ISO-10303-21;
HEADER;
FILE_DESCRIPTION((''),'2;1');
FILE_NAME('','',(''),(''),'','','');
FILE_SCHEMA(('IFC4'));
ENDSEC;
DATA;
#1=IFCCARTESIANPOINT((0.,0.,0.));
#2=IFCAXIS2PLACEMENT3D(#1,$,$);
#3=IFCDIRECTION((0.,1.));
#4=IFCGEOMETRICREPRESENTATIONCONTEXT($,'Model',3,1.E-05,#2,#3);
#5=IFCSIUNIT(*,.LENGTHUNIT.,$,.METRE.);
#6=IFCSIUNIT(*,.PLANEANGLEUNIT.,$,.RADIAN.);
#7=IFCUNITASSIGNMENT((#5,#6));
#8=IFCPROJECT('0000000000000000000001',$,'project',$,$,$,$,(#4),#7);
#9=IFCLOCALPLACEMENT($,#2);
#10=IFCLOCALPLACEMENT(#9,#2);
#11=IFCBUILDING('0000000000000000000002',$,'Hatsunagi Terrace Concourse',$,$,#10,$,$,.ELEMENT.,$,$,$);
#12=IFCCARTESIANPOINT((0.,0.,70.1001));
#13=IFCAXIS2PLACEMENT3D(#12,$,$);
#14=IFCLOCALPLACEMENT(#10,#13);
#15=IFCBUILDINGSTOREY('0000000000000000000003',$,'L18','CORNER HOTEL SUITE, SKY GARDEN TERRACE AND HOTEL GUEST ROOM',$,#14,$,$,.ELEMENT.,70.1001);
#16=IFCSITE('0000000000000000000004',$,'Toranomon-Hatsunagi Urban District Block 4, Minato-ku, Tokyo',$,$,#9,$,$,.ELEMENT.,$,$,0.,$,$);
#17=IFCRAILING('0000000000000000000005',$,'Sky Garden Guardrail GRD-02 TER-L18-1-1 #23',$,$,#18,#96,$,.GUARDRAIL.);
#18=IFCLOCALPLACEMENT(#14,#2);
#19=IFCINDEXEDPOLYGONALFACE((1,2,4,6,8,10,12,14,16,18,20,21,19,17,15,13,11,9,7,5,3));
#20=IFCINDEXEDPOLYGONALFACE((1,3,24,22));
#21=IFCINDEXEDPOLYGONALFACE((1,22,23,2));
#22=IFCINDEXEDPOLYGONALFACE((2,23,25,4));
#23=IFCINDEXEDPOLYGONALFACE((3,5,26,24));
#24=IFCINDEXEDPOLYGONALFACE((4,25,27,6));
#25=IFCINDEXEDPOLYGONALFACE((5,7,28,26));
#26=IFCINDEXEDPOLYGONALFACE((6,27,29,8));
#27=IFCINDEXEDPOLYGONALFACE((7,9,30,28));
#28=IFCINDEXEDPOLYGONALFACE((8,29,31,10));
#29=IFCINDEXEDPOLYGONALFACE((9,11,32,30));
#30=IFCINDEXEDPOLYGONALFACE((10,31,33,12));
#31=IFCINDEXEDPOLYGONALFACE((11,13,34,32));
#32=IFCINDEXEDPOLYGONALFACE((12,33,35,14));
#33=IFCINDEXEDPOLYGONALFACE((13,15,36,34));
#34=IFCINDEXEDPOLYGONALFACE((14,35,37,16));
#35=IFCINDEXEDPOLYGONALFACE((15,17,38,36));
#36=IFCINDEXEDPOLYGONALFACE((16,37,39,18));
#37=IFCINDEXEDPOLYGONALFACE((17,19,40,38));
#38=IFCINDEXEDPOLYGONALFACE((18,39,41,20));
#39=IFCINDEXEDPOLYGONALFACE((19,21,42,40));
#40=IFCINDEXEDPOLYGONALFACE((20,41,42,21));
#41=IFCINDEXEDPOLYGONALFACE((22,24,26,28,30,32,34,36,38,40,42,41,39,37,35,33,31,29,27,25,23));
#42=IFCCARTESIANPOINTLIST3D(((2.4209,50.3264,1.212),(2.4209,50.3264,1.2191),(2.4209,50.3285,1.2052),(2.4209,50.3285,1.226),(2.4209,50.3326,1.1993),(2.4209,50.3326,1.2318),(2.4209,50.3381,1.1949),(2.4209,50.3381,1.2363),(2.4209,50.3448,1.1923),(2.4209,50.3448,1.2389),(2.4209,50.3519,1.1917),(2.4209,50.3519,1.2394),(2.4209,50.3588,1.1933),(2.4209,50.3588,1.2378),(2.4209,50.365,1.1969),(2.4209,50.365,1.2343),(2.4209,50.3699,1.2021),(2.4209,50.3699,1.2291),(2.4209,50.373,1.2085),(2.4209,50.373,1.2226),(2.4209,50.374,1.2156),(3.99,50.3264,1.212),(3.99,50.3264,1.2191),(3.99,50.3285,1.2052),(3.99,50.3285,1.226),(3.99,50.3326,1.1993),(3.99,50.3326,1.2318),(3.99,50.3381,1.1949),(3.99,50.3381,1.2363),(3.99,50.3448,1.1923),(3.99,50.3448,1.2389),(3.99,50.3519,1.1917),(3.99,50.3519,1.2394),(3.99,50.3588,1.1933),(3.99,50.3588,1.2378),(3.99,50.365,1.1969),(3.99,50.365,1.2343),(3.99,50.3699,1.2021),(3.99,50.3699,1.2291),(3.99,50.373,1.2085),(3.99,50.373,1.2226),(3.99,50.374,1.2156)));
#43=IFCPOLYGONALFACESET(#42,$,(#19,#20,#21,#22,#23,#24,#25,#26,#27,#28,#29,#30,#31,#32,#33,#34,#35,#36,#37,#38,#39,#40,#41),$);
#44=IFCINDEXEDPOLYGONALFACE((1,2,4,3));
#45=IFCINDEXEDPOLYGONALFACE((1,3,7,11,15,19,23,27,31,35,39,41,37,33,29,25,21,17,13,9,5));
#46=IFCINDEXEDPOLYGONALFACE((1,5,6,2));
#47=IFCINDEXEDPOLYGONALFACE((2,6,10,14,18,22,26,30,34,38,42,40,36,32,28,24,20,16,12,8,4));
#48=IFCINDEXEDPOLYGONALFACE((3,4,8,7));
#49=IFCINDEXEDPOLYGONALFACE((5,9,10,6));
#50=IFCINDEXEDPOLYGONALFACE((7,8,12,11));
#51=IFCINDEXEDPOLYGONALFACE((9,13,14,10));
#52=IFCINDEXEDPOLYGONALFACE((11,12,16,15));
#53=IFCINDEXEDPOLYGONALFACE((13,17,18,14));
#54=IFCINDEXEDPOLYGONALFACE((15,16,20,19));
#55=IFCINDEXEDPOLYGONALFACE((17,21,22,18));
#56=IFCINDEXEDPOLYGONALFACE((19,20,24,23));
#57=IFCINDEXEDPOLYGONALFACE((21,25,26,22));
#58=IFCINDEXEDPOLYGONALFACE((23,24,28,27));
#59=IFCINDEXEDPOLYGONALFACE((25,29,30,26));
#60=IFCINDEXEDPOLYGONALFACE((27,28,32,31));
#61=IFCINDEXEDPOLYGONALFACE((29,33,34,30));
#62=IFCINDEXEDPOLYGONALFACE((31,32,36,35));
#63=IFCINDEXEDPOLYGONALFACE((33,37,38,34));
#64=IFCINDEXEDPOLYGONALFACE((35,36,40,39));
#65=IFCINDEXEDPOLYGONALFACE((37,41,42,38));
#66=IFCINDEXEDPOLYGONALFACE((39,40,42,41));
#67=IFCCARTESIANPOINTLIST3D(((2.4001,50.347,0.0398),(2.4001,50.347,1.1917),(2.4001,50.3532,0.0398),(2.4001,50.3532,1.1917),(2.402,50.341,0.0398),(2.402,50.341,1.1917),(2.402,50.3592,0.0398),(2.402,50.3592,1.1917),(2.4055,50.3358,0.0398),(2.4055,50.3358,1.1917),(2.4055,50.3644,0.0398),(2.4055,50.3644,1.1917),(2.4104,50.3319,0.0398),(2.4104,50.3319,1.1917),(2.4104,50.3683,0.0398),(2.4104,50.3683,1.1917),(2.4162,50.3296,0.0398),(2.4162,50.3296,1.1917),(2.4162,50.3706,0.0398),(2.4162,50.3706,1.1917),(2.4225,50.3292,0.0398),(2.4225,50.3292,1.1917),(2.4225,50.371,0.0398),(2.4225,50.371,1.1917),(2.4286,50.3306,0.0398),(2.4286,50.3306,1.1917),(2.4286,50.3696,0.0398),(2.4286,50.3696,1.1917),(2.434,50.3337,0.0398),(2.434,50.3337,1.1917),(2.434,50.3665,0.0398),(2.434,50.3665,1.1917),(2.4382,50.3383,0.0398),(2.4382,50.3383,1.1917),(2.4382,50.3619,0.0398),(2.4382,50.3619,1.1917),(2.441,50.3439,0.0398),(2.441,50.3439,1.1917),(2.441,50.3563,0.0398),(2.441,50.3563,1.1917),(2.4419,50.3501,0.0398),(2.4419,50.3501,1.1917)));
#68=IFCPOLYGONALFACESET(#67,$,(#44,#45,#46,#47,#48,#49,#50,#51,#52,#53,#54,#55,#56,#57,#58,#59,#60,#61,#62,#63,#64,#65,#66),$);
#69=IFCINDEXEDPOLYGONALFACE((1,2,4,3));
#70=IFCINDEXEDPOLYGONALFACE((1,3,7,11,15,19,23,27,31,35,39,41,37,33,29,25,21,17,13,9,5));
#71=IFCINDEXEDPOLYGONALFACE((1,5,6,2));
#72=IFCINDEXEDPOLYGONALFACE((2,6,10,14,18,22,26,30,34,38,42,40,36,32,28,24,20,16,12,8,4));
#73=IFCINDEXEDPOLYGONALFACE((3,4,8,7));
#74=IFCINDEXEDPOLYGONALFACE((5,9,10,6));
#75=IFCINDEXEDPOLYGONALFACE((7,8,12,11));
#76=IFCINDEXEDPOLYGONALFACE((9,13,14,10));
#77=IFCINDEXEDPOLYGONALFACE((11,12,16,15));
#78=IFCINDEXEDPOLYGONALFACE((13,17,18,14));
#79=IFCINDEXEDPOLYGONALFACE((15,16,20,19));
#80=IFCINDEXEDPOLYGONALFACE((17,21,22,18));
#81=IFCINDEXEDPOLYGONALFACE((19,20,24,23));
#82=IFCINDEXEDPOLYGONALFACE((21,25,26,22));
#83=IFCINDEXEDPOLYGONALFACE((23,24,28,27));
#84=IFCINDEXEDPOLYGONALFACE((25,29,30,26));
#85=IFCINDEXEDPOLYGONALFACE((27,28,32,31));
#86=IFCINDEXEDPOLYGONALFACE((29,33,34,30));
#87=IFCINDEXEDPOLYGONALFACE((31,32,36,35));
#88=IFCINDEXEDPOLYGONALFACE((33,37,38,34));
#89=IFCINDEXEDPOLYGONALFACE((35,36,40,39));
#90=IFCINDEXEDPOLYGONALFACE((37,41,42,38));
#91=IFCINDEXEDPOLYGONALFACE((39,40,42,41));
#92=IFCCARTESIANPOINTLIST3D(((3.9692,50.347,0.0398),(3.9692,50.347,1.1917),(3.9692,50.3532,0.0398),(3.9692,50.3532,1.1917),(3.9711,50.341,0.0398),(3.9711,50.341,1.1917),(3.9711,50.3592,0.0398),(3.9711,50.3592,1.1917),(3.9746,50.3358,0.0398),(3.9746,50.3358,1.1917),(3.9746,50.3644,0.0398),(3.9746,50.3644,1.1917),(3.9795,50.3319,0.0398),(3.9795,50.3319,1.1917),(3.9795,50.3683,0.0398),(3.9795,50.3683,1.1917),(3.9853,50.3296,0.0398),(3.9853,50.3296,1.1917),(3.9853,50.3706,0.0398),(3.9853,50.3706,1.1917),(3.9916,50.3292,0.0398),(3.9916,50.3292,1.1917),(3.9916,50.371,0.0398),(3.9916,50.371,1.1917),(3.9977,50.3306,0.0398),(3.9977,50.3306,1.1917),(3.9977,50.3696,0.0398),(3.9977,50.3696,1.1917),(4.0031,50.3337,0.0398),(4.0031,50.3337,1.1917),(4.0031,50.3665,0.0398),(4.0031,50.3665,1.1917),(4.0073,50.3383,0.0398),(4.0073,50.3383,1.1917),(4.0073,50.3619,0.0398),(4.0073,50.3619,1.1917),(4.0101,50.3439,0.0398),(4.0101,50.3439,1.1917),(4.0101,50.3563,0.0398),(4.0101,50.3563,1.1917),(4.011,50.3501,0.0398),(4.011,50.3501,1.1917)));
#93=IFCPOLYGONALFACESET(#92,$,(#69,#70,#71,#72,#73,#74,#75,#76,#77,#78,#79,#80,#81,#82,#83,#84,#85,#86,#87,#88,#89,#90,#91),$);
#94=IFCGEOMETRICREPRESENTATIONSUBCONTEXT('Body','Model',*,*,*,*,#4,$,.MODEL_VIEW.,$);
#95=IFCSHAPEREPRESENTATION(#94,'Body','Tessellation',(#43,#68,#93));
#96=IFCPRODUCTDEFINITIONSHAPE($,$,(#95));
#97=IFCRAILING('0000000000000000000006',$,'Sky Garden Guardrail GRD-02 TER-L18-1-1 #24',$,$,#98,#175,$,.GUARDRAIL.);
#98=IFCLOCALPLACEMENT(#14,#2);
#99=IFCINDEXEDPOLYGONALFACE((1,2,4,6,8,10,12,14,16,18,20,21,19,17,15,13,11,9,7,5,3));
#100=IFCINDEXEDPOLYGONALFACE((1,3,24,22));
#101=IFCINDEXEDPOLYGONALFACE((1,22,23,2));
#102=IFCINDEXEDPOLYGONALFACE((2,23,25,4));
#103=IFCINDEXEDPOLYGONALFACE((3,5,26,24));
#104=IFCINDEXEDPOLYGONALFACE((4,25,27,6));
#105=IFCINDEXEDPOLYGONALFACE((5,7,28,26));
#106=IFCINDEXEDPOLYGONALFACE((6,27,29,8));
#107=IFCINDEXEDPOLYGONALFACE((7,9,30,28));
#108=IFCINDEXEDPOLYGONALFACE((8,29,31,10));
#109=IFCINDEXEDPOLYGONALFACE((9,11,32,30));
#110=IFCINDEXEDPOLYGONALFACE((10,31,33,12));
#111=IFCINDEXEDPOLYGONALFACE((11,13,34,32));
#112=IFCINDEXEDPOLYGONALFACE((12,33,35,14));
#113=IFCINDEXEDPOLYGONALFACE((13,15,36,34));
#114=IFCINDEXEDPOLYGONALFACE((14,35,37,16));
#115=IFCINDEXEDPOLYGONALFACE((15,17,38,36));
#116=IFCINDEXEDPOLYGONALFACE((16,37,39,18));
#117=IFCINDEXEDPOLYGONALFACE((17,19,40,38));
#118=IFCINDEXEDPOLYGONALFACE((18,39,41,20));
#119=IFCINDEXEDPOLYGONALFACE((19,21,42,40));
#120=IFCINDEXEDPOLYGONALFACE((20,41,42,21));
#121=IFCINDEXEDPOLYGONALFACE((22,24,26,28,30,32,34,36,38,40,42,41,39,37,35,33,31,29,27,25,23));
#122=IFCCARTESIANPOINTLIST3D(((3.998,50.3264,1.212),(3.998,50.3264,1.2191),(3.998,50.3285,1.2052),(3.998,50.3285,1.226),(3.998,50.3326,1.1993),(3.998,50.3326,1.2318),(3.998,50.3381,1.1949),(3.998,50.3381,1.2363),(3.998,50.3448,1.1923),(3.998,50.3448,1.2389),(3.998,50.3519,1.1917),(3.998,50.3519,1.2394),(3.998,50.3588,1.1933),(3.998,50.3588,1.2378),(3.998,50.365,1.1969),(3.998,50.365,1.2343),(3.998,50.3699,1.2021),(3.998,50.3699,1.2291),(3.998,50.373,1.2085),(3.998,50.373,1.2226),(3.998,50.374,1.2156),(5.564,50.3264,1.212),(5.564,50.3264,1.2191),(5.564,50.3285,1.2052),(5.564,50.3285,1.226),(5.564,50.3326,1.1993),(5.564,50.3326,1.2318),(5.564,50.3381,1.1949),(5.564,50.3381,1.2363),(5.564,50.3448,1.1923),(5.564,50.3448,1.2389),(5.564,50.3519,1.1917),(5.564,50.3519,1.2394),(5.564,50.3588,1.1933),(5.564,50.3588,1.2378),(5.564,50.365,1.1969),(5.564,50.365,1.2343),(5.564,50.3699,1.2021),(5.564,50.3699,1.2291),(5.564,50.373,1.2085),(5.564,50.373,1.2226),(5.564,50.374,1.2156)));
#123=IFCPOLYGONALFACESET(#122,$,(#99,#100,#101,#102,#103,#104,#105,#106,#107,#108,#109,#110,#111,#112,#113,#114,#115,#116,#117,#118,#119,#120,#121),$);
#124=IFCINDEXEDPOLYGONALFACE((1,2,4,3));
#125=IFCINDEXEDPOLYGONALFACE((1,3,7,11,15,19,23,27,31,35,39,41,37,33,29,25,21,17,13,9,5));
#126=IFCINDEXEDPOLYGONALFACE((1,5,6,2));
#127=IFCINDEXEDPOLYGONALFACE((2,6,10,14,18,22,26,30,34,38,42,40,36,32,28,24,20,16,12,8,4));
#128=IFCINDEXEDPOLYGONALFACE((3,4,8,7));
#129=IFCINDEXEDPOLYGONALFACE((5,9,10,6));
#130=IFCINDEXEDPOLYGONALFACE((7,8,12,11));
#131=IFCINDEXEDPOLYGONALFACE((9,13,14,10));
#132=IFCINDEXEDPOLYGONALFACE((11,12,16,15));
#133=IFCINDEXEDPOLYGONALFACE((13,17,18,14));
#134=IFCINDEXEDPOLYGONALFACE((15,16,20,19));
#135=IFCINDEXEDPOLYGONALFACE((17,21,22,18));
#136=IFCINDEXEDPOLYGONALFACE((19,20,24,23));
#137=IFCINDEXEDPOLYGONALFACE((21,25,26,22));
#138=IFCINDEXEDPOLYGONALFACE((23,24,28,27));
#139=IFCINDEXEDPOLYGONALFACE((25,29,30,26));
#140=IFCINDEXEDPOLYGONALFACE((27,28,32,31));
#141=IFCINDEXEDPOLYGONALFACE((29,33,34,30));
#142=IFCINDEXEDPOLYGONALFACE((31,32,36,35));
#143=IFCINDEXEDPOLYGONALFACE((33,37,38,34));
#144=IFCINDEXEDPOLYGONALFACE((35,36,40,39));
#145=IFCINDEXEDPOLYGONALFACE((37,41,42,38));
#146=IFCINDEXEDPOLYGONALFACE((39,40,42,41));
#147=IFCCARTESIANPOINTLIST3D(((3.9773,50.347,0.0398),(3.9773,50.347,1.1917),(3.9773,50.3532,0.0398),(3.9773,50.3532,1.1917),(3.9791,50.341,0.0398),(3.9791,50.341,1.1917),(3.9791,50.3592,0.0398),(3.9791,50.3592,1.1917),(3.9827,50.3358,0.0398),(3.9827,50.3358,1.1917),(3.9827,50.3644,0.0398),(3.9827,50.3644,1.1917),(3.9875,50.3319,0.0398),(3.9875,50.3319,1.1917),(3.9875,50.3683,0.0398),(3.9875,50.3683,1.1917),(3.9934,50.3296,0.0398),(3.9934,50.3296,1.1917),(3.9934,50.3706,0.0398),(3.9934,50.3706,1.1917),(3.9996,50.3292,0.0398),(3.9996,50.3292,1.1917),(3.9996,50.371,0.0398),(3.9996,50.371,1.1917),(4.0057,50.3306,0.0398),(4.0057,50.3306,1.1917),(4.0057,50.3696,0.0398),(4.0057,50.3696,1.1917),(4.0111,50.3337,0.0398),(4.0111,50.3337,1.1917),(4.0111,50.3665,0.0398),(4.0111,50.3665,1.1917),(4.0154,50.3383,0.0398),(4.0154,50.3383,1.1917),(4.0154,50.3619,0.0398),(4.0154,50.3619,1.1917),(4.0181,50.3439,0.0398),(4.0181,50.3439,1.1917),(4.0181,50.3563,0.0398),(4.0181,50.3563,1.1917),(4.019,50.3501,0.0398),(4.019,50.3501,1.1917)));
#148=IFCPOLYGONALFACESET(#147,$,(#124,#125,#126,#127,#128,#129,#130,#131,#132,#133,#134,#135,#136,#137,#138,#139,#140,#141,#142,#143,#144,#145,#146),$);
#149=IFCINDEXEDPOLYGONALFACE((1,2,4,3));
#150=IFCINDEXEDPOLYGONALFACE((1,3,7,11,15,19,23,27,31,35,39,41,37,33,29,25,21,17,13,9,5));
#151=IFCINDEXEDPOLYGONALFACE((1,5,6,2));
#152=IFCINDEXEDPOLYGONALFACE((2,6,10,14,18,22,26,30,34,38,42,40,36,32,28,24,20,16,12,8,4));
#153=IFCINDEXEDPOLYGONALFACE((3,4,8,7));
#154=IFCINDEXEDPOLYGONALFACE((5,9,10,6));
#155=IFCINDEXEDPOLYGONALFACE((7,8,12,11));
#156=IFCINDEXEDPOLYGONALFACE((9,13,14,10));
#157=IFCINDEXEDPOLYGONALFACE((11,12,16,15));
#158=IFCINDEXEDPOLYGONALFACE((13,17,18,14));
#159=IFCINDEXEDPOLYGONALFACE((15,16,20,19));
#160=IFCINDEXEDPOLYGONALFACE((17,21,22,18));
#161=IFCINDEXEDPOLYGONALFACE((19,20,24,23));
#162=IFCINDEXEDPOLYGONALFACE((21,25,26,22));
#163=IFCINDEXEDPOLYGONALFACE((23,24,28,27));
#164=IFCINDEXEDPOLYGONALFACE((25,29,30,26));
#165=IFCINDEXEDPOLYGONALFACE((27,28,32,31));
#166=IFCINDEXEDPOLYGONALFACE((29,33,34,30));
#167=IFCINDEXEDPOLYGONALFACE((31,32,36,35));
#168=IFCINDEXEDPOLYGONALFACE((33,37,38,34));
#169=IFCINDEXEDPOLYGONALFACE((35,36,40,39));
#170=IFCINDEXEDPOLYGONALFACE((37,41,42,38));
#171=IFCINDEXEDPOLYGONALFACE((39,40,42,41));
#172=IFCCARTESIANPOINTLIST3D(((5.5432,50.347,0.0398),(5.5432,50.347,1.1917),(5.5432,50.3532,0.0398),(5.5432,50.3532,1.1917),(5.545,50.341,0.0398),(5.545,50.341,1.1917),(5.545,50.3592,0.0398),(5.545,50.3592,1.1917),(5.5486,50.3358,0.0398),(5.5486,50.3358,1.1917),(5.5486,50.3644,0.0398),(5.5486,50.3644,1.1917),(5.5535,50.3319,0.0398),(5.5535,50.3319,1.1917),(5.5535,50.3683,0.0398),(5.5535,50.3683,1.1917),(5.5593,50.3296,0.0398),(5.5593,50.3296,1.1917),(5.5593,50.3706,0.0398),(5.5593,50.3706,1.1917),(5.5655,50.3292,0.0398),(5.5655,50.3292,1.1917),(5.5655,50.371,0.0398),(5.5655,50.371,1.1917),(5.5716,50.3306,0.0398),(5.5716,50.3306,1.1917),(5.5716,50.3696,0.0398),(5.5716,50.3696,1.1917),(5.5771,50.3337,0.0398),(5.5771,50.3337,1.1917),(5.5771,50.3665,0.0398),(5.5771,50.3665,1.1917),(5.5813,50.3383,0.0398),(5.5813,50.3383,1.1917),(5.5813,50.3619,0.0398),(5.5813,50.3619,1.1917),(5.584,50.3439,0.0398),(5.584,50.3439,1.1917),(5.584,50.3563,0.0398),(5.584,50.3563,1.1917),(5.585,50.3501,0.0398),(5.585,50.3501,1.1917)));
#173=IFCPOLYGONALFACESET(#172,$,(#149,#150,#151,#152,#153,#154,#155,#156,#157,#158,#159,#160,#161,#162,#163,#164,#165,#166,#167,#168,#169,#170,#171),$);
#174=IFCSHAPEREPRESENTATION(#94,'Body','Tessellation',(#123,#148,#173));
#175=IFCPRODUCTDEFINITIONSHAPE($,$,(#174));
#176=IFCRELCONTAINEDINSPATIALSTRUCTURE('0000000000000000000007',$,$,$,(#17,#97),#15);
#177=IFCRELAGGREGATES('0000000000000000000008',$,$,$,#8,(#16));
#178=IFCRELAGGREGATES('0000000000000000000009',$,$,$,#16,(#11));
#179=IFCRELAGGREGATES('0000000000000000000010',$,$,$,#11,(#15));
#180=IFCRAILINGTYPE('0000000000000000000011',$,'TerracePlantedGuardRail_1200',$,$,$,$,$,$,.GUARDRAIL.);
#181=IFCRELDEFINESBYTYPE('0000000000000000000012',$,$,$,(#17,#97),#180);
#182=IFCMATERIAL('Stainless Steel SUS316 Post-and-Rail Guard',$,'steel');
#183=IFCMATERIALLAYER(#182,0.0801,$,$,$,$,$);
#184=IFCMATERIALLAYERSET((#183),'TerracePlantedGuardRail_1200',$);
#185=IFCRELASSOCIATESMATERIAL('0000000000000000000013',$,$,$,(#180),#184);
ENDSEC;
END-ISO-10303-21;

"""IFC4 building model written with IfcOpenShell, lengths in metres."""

from ifc_helpers import new_model, si_unit, direction, frame, origin, origin_2d, place, context, subcontext, project, spatial, circle, extrude, material, layer, layer_set, type_object, element, save


model = new_model("IFC4")

# Units and contexts
model_context = context("Model", 3, precision=1e-05, world=origin(), true_north=direction((0.0, 1.0)))
body_context = subcontext(model_context, "Body", "Model", "MODEL_VIEW")
ifc_project = project(units=[si_unit("LENGTHUNIT", "METRE"), si_unit("PLANEANGLEUNIT", "RADIAN")], contexts=[model_context])

# Site, building, storey
site_placement = place(None, origin())
site = spatial("IfcSite", under=ifc_project, at=site_placement, Name="Toranomon-Hatsunagi Urban District Block 4, Minato-ku, Tokyo", CompositionType="ELEMENT", RefElevation=0.0)
building_placement = place(site_placement, origin())
building = spatial("IfcBuilding", under=site, at=building_placement, Name="Hatsunagi Terrace Concourse", CompositionType="ELEMENT")
storey_placement = place(building_placement, frame((0.0, 0.0, 70.1001)))
storey = spatial("IfcBuildingStorey", under=building, at=storey_placement, Name="L18", Description="CORNER HOTEL SUITE, SKY GARDEN TERRACE AND HOTEL GUEST ROOM", CompositionType="ELEMENT", Elevation=70.1001)

# Railings
ifc_material_1 = material(Name="Stainless Steel SUS316 Post-and-Rail Guard", Category="steel")
ifc_layer_1 = layer(ifc_material_1, 0.0801)
ifc_layer_set_1 = layer_set([ifc_layer_1], Name="TerracePlantedGuardRail_1200")
railing_type = type_object("IfcRailingType", Name="TerracePlantedGuardRail_1200", PredefinedType="GUARDRAIL", material=ifc_layer_set_1)
railing_1_placement = place(storey_placement, frame((2.4209, 50.3501, 0.0398)))
element("IfcRailing", 1, at=railing_1_placement, inside=storey, type_object=railing_type, Name="Sky Garden Guardrail GRD-02 TER-L18-1-1 #23", PredefinedType="GUARDRAIL", context=body_context, shape_type="SweptSolid", body=[
    extrude(circle(Radius=0.0239, at=origin_2d()), frame((0.0, 0.0, 1.1758), z_axis=(1.0, 0.0, 0.0), x_axis=(0.0, 1.0, 0.0)), (0.0, 0.0, 1.0), 1.5691),
    extrude(circle(Radius=0.021, at=origin_2d()), origin(), (0.0, 0.0, 1.0), 1.1519),
    extrude(circle(Radius=0.021, at=origin_2d()), frame((1.5691, 0.0, 0.0)), (0.0, 0.0, 1.0), 1.1519),
])
for number, where, name in (
    (2, (3.998, 50.3501, 0.0398), "Sky Garden Guardrail GRD-02 TER-L18-1-1 #24"),
):
    element("IfcRailing", number, at=place(storey_placement, frame(where)), inside=storey, type_object=railing_type, Name=name, PredefinedType="GUARDRAIL", context=body_context, shape_type="SweptSolid", body=[
        extrude(circle(Radius=0.0239, at=origin_2d()), frame((0.0, 0.0, 1.1758), z_axis=(1.0, 0.0, 0.0), x_axis=(0.0, 1.0, 0.0)), (0.0, 0.0, 1.0), 1.5659),
        extrude(circle(Radius=0.021, at=origin_2d()), origin(), (0.0, 0.0, 1.0), 1.1519),
        extrude(circle(Radius=0.021, at=origin_2d()), frame((1.5659, 0.0, 0.0)), (0.0, 0.0, 1.0), 1.1519),
    ])

save(model, "model.ifc")
